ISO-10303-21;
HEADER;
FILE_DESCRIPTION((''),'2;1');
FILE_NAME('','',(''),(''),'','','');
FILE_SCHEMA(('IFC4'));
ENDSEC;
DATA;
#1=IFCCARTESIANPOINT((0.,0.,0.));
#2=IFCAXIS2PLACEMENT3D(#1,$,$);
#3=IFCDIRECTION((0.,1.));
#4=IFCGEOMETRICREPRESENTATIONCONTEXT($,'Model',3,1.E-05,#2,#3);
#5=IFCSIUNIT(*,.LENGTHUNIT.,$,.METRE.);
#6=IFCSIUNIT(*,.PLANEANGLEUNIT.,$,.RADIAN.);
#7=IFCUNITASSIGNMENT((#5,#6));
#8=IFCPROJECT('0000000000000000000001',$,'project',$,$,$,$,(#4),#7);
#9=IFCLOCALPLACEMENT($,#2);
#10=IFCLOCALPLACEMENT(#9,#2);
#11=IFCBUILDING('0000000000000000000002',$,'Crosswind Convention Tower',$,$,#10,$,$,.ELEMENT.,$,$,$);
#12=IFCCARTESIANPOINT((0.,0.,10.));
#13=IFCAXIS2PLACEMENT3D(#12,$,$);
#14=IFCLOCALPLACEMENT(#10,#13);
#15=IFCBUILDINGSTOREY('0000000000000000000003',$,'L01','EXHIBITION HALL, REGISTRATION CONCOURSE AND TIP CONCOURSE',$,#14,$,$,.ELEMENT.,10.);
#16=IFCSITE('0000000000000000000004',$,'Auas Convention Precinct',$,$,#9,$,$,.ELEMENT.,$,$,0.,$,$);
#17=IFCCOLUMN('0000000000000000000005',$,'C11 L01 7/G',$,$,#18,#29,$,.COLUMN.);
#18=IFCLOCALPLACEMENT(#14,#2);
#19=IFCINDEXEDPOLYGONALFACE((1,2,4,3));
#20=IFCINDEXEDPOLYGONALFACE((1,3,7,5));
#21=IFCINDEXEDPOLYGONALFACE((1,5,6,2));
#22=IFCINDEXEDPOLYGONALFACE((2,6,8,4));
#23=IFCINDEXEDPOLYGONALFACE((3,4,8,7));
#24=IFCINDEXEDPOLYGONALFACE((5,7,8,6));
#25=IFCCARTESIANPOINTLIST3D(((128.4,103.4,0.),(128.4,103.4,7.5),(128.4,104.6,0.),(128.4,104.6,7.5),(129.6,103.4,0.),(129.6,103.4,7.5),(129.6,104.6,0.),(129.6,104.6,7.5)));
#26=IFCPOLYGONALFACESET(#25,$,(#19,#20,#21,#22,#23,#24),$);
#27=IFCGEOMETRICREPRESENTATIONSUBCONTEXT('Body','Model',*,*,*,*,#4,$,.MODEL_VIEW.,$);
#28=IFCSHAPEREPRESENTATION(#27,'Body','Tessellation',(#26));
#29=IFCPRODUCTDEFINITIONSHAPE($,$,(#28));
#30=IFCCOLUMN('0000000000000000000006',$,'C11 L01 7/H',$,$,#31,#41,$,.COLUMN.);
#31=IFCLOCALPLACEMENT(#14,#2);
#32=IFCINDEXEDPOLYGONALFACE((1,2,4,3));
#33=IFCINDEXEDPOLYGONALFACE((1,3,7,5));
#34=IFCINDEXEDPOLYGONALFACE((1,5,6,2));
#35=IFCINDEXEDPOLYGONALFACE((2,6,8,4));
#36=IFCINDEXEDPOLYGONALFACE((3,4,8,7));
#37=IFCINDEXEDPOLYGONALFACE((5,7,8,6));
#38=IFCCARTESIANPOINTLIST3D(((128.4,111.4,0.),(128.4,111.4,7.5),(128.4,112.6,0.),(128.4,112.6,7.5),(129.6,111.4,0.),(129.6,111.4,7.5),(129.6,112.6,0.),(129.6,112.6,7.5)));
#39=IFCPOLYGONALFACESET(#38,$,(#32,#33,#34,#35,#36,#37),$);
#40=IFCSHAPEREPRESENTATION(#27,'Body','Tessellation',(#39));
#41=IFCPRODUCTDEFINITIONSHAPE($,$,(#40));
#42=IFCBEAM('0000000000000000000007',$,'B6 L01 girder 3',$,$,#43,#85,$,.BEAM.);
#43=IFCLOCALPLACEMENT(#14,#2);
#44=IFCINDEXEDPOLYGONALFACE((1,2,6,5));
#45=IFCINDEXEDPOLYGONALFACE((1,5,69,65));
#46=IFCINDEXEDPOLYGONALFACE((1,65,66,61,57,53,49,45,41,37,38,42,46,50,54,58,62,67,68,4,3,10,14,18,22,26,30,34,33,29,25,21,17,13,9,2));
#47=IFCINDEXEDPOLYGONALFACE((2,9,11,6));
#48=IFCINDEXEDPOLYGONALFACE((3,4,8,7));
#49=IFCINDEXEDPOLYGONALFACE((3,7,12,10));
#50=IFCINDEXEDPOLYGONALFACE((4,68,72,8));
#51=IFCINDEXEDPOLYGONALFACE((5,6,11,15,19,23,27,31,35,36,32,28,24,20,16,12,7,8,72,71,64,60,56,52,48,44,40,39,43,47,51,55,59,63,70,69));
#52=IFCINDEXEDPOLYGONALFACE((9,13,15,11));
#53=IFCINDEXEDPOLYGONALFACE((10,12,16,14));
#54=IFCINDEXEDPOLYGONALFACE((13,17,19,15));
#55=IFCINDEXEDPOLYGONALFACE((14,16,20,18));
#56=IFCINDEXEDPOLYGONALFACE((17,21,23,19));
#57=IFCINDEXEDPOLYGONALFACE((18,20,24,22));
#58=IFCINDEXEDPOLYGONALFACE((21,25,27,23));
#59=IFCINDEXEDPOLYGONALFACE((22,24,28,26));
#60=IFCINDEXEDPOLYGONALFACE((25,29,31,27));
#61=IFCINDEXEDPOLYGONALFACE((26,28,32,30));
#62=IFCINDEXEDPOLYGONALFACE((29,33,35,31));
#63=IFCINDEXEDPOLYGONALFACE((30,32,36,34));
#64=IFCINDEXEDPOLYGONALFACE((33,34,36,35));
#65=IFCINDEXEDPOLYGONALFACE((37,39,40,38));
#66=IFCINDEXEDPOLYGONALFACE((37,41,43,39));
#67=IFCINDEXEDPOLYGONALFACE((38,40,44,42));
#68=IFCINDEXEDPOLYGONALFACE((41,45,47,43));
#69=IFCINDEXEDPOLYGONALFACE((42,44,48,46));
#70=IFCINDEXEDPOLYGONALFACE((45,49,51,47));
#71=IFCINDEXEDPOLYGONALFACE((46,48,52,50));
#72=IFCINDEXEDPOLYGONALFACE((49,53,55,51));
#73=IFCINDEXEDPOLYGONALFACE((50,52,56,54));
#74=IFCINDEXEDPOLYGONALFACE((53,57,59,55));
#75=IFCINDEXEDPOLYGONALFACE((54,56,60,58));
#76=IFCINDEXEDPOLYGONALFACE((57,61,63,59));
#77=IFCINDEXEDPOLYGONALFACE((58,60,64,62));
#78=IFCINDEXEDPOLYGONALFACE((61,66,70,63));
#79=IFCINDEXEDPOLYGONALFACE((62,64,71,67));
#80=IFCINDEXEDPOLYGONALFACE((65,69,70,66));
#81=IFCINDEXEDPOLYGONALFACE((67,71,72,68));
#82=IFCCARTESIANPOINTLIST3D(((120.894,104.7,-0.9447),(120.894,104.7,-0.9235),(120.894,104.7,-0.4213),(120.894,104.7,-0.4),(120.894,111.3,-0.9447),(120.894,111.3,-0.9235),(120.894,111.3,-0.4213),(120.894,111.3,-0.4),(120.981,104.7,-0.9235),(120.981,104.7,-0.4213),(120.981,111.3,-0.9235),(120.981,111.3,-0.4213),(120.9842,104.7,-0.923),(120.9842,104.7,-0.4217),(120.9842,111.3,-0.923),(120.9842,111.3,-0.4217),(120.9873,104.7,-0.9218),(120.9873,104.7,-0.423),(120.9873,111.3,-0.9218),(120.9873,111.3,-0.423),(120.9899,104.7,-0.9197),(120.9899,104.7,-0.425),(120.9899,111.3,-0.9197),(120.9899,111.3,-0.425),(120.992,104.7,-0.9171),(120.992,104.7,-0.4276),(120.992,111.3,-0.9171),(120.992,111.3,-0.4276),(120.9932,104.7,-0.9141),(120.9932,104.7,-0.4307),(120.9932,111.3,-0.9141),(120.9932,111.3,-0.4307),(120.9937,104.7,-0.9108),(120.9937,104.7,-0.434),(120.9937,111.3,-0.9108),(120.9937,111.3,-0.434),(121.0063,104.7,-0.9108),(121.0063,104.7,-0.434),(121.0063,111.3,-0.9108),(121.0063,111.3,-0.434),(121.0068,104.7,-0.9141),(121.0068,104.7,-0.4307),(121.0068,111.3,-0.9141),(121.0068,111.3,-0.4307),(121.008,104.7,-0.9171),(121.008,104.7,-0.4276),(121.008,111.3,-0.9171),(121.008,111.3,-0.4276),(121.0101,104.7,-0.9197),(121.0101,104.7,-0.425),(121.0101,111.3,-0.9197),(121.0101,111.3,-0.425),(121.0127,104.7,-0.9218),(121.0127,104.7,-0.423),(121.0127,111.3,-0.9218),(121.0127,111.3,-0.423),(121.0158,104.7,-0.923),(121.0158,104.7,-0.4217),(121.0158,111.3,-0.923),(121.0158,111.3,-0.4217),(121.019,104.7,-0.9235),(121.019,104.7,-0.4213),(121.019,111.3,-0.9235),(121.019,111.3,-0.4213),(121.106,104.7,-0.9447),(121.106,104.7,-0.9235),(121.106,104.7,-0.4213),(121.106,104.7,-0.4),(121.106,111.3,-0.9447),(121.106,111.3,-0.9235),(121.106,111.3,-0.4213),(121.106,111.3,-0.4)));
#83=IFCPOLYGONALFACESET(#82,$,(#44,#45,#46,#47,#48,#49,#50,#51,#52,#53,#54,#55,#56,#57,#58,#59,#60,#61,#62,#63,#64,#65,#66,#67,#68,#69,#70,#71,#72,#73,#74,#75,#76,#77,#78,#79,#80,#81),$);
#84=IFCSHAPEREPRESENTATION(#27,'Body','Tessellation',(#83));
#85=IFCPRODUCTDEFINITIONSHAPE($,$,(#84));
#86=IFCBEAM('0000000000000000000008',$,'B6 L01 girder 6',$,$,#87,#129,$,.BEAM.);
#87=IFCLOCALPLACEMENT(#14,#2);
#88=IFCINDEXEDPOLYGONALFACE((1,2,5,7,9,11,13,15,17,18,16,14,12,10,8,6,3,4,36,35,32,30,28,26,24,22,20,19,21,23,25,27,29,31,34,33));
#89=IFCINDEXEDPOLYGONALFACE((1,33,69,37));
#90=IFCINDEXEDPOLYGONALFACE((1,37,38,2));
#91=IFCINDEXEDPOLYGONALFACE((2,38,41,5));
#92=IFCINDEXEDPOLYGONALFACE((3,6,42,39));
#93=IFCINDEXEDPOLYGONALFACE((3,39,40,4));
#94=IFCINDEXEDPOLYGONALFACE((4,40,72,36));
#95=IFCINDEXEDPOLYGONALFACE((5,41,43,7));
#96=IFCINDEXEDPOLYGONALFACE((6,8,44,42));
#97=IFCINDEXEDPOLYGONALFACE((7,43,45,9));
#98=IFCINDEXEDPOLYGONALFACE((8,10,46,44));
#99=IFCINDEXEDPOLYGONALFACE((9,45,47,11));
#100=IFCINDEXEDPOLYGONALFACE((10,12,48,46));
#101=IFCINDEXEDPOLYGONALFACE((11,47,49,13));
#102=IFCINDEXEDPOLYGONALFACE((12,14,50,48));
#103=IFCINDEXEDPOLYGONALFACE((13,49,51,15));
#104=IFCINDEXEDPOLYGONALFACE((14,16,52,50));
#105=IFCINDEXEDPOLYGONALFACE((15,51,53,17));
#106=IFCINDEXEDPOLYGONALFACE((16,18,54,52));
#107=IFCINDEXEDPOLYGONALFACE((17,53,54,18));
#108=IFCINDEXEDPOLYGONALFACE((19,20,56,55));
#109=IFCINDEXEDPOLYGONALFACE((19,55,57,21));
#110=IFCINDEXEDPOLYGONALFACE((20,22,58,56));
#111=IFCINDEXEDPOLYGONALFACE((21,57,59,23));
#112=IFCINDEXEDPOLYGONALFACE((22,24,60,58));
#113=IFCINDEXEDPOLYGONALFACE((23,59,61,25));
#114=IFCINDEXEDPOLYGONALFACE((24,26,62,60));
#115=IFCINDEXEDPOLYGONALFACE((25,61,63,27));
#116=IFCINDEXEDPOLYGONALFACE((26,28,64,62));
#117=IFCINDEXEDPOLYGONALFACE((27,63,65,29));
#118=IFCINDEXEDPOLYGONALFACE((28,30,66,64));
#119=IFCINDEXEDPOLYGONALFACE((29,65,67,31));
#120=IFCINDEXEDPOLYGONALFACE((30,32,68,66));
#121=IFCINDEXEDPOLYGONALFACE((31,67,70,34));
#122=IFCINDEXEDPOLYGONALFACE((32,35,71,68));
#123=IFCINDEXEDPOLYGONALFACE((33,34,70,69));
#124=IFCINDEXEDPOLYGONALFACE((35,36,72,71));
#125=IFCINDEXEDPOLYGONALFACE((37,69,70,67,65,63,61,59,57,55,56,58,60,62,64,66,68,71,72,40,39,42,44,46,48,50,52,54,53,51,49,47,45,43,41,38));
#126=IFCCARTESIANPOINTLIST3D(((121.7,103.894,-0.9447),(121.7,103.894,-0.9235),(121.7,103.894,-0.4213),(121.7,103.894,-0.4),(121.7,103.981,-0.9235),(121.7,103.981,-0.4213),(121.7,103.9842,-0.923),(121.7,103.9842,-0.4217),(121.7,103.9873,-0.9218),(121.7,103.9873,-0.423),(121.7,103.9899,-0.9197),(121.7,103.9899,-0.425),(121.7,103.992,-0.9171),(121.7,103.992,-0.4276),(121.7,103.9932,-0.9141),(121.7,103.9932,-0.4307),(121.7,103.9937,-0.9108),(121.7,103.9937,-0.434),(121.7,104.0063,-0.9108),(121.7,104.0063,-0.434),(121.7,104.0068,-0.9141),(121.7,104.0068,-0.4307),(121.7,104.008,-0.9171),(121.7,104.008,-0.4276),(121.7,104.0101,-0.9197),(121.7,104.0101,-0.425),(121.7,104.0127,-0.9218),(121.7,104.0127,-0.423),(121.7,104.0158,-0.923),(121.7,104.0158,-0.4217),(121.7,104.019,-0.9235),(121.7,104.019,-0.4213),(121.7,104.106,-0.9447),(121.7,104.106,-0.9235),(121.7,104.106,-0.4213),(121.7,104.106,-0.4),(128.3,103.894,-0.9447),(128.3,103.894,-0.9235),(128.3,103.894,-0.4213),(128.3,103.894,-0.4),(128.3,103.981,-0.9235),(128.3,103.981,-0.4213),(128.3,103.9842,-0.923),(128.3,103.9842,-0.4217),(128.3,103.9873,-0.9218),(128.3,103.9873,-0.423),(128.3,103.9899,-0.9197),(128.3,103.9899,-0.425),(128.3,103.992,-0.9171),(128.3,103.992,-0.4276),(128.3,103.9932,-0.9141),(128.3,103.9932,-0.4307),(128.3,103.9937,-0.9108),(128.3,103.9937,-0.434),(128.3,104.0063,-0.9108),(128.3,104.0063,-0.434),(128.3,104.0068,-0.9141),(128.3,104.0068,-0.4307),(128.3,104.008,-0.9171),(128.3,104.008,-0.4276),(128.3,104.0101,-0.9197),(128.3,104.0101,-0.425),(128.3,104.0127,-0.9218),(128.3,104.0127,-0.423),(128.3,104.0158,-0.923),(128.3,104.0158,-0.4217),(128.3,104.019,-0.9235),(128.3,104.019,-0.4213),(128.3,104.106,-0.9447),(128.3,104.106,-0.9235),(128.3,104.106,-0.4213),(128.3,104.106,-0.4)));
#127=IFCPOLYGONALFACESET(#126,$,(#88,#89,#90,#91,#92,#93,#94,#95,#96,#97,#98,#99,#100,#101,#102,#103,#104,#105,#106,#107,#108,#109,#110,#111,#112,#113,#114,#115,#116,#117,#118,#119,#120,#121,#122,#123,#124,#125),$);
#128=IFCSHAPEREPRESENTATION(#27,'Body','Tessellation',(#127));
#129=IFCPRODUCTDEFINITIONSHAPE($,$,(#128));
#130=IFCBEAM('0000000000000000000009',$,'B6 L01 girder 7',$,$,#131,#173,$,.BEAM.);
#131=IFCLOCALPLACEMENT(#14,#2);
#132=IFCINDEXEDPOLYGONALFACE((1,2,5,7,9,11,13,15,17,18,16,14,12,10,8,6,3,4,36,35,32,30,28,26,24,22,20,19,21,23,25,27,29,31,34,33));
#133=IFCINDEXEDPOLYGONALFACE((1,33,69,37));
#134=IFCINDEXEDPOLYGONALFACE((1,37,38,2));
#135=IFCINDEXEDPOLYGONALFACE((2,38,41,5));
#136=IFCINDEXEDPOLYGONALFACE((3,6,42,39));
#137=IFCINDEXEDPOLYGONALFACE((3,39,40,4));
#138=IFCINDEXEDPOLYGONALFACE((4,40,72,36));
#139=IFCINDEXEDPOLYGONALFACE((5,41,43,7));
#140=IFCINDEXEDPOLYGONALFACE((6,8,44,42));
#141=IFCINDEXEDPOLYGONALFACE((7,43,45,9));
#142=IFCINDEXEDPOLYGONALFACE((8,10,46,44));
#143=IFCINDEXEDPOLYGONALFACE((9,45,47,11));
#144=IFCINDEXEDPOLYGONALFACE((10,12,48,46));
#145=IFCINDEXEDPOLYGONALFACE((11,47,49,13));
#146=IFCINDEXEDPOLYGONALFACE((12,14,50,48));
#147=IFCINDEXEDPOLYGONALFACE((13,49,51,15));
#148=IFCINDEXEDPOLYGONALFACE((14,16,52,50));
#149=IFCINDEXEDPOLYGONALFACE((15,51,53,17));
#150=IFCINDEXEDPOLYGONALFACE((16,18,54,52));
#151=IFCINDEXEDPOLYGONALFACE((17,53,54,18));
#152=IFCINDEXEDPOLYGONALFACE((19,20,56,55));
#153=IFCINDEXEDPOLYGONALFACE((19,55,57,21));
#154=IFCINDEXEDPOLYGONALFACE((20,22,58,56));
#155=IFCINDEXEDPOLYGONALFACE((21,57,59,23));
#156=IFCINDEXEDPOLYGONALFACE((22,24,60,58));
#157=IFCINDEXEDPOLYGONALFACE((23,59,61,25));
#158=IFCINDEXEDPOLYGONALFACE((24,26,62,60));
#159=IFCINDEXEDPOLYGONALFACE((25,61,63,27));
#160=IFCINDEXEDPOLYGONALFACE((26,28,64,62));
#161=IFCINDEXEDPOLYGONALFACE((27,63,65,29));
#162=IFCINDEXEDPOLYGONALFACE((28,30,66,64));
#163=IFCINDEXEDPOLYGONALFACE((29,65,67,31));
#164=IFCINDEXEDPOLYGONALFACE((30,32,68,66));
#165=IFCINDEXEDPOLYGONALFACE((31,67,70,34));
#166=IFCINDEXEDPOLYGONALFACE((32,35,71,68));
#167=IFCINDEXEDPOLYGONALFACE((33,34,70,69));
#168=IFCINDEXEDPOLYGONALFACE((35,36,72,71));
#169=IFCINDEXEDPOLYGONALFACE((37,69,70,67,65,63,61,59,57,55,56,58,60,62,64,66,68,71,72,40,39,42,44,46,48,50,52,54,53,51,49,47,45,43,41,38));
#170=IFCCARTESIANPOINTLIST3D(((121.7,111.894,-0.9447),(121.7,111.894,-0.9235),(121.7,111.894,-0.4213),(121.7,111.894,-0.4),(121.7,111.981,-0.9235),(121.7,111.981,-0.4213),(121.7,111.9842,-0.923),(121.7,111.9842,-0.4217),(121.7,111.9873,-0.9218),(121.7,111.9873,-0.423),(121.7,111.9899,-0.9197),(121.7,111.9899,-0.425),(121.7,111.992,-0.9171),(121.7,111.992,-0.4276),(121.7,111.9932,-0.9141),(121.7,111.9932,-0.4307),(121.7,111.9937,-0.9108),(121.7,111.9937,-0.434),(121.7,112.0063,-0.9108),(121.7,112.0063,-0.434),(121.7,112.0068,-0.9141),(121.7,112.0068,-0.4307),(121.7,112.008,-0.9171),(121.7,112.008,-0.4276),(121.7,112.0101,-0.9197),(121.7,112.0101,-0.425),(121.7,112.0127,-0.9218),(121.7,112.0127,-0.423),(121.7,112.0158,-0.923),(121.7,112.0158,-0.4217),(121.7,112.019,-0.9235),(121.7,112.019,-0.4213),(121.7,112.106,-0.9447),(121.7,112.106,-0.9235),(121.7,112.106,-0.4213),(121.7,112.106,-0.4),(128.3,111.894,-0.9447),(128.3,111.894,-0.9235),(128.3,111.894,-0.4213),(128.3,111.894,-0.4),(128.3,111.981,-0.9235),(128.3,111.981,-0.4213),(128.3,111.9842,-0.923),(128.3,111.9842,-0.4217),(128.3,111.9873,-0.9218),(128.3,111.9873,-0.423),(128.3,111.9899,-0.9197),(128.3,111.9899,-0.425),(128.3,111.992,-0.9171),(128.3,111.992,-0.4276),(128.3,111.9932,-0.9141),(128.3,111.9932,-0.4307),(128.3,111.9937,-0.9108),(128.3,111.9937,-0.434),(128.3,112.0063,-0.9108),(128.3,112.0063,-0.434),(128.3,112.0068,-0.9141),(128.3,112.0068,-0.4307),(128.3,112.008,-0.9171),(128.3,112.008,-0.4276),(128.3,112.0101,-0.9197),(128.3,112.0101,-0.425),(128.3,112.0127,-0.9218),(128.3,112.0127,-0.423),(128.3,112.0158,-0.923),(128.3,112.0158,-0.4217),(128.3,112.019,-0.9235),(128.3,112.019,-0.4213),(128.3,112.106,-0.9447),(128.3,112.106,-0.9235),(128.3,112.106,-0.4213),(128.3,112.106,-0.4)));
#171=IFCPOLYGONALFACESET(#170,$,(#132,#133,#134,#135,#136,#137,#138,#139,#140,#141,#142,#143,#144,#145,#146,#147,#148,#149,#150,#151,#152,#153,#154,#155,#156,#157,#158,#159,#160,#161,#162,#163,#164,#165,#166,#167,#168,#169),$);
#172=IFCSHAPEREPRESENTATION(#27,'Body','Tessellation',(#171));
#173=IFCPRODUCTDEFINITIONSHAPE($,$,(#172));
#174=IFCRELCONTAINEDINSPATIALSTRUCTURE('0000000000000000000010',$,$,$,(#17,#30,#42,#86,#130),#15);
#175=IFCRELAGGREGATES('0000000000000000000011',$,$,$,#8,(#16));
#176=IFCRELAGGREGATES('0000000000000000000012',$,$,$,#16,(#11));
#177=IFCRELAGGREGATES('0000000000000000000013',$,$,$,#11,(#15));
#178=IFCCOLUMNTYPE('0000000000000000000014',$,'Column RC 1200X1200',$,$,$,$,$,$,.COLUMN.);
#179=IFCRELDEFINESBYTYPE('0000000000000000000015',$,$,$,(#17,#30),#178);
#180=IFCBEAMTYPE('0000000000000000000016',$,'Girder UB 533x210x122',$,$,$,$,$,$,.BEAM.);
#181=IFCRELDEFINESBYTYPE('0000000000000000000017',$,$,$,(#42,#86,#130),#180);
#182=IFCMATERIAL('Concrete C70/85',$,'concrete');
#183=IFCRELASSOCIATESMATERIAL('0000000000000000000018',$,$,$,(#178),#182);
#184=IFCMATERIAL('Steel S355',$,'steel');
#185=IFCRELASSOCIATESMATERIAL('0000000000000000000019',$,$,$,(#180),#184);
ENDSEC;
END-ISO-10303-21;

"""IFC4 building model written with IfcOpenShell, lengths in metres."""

from ifc_helpers import new_model, si_unit, direction, frame, origin, origin_2d, place, context, subcontext, project, spatial, rectangle, i_section, extrude, material, material_profile, profile_set, type_object, element, save


model = new_model("IFC4")

# Units and contexts
model_context = context("Model", 3, precision=1e-05, world=origin(), true_north=direction((0.0, 1.0)))
body_context = subcontext(model_context, "Body", "Model", "MODEL_VIEW")
ifc_project = project(units=[si_unit("LENGTHUNIT", "METRE"), si_unit("PLANEANGLEUNIT", "RADIAN")], contexts=[model_context])

# Site, building, storey
site_placement = place(None, origin())
site = spatial("IfcSite", under=ifc_project, at=site_placement, Name="Auas Convention Precinct", CompositionType="ELEMENT", RefElevation=0.0)
building_placement = place(site_placement, origin())
building = spatial("IfcBuilding", under=site, at=building_placement, Name="Crosswind Convention Tower", CompositionType="ELEMENT")
storey_placement = place(building_placement, frame((0.0, 0.0, 10.0)))
storey = spatial("IfcBuildingStorey", under=building, at=storey_placement, Name="L01", Description="EXHIBITION HALL, REGISTRATION CONCOURSE AND TIP CONCOURSE", CompositionType="ELEMENT", Elevation=10.0)

# Columns
ifc_material_1 = material(Name="Concrete C70/85", Category="concrete")
ifc_material_profile_1 = material_profile(ifc_material_1, rectangle(XDim=1.2, YDim=1.2, at=origin_2d()), Name="RC 1200X1200")
ifc_profile_set_1 = profile_set([ifc_material_profile_1], Name="Concrete C70/85")
column_type = type_object("IfcColumnType", Name="Column RC 1200X1200", PredefinedType="COLUMN", material=ifc_profile_set_1)
for number, where, z_axis, x_axis, name in (
    (1, (129.0, 104.0, 0.0), (0.0, 0.0, 1.0), (1.0, 0.0, 0.0), "C11 L01 7/G"),
    (2, (129.0, 112.0, 0.0), (0.0, 0.0, 1.0), (1.0, 0.0, 0.0), "C11 L01 7/H"),
):
    element("IfcColumn", number, at=place(storey_placement, frame(where, z_axis=z_axis, x_axis=x_axis)), inside=storey, type_object=column_type, Name=name, PredefinedType="COLUMN", context=body_context, shape_type="SweptSolid", body=[
        extrude(rectangle(XDim=1.2, YDim=1.2, at=origin_2d()), origin(), (0.0, 0.0, 1.0), 7.5),
    ])

# Beams
ifc_material_2 = material(Name="Steel S355", Category="steel")
ifc_material_profile_2 = material_profile(ifc_material_2, i_section(OverallWidth=0.2119, OverallDepth=0.5447, WebThickness=0.0127, FlangeThickness=0.0212, FilletRadius=0.0127, at=origin_2d()), Name="UB 533x210x122")
ifc_profile_set_2 = profile_set([ifc_material_profile_2], Name="Steel S355")
beam_type_1 = type_object("IfcBeamType", Name="Girder UB 533x210x122", PredefinedType="BEAM", material=ifc_profile_set_2)
for number, where, z_axis, x_axis, name in (
    (3, (121.0, 104.7, -0.6724), (0.0, 1.0, 0.0), (-1.0, 0.0, 0.0), "B6 L01 girder 3"),
    (4, (121.7, 104.0, -0.6724), (1.0, 0.0, 0.0), (0.0, 1.0, 0.0), "B6 L01 girder 6"),
    (5, (121.7, 112.0, -0.6724), (1.0, 0.0, 0.0), (0.0, 1.0, 0.0), "B6 L01 girder 7"),
):
    element("IfcBeam", number, at=place(storey_placement, frame(where, z_axis=z_axis, x_axis=x_axis)), inside=storey, type_object=beam_type_1, Name=name, PredefinedType="BEAM", context=body_context, shape_type="SweptSolid", body=[
        extrude(i_section(OverallWidth=0.2119, OverallDepth=0.5447, WebThickness=0.0127, FlangeThickness=0.0212, FilletRadius=0.0127, at=origin_2d()), origin(), (0.0, 0.0, 1.0), 6.6001),
    ])

save(model, "model.ifc")
